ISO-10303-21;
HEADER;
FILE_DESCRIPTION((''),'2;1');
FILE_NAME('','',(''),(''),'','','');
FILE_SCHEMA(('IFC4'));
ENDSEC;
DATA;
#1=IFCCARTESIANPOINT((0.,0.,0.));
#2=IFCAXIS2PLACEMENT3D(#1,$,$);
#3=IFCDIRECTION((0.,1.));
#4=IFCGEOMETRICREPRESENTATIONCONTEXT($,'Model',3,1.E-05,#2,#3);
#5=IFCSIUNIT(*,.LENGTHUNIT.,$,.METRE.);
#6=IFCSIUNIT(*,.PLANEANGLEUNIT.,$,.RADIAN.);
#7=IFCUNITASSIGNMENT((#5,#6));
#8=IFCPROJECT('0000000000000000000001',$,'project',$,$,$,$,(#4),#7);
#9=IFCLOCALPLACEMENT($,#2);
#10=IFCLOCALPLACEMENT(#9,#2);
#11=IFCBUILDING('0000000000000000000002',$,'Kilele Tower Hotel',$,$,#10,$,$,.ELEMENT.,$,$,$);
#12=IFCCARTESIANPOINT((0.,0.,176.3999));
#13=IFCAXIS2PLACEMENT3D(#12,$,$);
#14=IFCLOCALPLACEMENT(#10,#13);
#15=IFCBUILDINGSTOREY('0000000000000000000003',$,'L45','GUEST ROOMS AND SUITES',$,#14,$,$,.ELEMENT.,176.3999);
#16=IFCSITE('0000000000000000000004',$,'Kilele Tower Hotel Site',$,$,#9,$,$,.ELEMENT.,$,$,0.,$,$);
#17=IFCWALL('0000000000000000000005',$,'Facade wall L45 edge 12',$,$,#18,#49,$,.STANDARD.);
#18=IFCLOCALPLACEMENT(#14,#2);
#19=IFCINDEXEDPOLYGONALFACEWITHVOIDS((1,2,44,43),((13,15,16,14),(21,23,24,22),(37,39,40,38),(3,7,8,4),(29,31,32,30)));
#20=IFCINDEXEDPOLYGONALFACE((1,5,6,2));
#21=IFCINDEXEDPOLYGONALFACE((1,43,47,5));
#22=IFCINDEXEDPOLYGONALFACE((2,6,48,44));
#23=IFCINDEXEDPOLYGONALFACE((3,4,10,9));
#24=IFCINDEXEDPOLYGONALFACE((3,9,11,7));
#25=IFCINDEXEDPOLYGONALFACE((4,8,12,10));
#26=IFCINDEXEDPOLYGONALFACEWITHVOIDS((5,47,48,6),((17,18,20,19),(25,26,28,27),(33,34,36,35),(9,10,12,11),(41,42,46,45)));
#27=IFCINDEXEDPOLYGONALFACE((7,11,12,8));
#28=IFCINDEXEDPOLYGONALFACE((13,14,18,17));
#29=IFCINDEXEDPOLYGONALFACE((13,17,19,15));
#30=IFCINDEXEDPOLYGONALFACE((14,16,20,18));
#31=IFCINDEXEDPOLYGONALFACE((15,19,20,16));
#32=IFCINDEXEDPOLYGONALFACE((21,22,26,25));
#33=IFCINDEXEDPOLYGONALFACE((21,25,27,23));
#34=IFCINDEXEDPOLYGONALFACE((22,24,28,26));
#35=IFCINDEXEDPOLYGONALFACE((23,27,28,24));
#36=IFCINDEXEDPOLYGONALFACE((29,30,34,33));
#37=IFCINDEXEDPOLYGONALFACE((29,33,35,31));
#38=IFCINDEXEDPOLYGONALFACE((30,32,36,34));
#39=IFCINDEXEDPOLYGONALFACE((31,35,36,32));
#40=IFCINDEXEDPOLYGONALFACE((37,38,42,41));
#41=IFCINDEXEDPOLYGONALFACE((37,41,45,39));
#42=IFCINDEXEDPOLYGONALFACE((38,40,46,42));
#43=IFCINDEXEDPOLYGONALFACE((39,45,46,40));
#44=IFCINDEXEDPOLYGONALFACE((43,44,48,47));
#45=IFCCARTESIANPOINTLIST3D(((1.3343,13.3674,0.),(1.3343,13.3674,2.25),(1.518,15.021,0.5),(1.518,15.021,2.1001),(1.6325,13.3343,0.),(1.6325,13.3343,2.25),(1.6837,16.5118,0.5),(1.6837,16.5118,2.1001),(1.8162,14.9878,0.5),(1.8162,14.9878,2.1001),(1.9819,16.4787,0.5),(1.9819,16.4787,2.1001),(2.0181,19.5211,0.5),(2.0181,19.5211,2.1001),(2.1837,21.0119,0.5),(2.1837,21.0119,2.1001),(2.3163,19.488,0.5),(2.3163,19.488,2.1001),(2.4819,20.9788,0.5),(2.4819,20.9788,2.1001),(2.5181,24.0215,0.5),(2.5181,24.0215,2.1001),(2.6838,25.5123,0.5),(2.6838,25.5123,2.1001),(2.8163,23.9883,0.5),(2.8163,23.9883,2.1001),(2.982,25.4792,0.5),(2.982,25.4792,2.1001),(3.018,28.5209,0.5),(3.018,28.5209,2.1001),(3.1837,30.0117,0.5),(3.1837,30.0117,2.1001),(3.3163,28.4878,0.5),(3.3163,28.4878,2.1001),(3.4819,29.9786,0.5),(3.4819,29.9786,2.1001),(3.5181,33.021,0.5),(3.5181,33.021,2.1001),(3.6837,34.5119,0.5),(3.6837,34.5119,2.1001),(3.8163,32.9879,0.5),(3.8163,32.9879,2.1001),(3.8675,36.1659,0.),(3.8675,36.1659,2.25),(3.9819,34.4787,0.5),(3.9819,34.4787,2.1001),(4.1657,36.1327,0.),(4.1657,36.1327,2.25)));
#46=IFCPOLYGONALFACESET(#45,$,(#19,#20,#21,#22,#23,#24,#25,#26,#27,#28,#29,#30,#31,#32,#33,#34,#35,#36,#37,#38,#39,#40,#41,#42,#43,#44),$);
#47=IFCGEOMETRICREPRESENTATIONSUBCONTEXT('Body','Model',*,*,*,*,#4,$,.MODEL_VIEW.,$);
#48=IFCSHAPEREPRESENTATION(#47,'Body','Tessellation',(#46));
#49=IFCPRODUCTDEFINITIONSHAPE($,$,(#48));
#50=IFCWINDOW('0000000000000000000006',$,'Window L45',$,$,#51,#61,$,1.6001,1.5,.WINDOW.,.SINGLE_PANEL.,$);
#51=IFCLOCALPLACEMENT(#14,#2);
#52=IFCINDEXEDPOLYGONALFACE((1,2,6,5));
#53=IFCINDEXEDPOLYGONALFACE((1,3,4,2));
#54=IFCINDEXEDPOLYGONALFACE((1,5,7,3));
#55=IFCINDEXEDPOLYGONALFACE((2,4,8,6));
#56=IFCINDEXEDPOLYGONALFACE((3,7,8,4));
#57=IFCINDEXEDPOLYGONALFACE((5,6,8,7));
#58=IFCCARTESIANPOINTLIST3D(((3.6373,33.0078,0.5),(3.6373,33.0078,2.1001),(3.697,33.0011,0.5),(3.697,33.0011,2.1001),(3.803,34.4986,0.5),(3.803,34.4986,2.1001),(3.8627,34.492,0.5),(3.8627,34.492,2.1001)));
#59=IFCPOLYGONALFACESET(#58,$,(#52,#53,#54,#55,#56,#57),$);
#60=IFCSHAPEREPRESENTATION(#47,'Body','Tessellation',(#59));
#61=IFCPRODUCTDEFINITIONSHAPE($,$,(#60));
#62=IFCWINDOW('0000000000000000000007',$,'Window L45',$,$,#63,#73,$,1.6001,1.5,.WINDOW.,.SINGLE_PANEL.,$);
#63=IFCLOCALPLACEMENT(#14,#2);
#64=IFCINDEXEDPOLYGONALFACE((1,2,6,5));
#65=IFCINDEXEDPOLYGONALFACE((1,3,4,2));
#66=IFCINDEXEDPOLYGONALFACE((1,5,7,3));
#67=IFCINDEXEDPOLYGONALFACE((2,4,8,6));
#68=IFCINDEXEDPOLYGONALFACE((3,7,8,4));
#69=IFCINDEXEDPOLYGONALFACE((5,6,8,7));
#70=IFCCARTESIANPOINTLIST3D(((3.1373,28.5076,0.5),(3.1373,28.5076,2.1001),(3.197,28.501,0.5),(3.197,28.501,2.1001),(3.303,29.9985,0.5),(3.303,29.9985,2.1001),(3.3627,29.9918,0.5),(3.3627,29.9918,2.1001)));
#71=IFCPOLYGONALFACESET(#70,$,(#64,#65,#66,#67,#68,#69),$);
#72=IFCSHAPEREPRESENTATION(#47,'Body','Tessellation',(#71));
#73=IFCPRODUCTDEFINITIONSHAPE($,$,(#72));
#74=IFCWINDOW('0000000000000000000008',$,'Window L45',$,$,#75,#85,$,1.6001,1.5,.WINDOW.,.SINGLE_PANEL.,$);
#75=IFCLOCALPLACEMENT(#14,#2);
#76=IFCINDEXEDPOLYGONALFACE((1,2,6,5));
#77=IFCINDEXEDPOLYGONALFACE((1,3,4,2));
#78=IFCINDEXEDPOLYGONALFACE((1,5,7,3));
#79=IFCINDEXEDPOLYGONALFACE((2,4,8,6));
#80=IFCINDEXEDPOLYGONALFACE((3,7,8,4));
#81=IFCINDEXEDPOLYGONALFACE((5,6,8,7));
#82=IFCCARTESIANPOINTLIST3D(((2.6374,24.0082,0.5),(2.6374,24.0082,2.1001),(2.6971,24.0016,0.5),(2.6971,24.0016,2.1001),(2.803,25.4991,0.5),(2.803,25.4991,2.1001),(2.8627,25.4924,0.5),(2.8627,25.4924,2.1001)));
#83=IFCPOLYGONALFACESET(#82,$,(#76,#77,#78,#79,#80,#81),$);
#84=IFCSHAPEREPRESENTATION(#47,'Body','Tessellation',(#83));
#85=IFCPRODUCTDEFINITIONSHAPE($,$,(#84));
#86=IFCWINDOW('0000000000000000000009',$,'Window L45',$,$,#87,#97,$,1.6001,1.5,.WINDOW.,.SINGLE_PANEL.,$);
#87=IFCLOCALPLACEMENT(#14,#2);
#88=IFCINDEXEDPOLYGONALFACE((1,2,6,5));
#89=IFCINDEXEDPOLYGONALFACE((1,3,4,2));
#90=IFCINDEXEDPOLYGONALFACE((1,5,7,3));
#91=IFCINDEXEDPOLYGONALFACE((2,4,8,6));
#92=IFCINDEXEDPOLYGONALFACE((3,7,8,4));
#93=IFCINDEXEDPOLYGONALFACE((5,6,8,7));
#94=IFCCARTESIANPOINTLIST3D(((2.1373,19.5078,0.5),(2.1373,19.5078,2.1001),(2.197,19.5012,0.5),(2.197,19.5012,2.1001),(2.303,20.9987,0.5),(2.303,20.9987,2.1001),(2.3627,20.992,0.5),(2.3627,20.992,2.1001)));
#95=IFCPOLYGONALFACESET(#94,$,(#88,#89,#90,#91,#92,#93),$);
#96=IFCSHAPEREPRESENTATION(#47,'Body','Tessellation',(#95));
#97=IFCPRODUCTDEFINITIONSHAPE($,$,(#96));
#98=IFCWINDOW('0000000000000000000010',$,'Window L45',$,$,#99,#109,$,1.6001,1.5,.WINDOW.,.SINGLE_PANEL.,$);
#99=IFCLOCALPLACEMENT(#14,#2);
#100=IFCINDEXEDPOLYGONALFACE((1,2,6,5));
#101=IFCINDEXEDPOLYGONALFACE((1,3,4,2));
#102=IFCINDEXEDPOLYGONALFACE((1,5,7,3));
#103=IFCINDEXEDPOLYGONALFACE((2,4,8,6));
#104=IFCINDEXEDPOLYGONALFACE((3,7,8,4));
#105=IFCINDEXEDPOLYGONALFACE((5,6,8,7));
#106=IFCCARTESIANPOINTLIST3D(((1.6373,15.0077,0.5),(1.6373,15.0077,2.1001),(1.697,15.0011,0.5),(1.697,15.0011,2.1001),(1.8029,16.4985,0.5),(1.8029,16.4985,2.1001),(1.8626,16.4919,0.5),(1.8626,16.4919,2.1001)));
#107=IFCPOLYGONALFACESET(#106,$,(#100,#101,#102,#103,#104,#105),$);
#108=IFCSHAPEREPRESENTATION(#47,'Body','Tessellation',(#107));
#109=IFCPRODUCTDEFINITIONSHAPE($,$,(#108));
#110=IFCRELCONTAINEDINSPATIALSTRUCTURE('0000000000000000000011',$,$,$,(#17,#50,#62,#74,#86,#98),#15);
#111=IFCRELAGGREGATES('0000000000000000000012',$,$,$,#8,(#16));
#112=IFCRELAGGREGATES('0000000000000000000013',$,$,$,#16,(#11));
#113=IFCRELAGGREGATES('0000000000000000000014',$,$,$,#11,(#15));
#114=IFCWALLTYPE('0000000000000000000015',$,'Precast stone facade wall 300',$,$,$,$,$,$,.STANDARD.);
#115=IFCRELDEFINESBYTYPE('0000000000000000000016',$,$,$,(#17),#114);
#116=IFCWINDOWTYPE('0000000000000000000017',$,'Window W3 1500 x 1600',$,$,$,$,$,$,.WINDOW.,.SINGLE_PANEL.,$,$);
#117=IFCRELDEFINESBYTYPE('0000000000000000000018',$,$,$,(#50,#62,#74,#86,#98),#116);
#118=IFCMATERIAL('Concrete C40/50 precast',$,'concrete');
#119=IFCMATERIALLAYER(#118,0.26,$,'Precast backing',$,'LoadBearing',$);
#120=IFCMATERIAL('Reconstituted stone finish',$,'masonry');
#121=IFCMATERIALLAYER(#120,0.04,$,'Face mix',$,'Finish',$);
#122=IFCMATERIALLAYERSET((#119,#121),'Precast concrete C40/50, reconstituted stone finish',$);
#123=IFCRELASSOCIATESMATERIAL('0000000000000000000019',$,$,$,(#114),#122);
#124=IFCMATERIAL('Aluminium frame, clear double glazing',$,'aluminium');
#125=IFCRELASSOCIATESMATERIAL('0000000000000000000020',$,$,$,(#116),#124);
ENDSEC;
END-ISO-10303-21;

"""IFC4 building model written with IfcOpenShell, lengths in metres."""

from ifc_helpers import new_model, si_unit, direction, frame, frame_2d, origin, place, context, subcontext, project, spatial, rectangle, extrude, material, layer, layer_set, type_object, element, fill, save


model = new_model("IFC4")

# Units and contexts
model_context = context("Model", 3, precision=1e-05, world=origin(), true_north=direction((0.0, 1.0)))
body_context = subcontext(model_context, "Body", "Model", "MODEL_VIEW")
ifc_project = project(units=[si_unit("LENGTHUNIT", "METRE"), si_unit("PLANEANGLEUNIT", "RADIAN")], contexts=[model_context])

# Site, building, storey
site_placement = place(None, origin())
site = spatial("IfcSite", under=ifc_project, at=site_placement, Name="Kilele Tower Hotel Site", CompositionType="ELEMENT", RefElevation=0.0)
building_placement = place(site_placement, origin())
building = spatial("IfcBuilding", under=site, at=building_placement, Name="Kilele Tower Hotel", CompositionType="ELEMENT")
storey_placement = place(building_placement, frame((0.0, 0.0, 176.3999)))
storey = spatial("IfcBuildingStorey", under=building, at=storey_placement, Name="L45", Description="GUEST ROOMS AND SUITES", CompositionType="ELEMENT", Elevation=176.3999)

# Shared definitions
ifc_material_1 = material(Name="Concrete C40/50 precast", Category="concrete")
ifc_layer_1 = layer(ifc_material_1, 0.26, Name="Precast backing", Category="LoadBearing")
ifc_material_2 = material(Name="Reconstituted stone finish", Category="masonry")
ifc_layer_2 = layer(ifc_material_2, 0.04, Name="Face mix", Category="Finish")
ifc_layer_set_1 = layer_set([ifc_layer_1, ifc_layer_2], Name="Precast concrete C40/50, reconstituted stone finish")
wall_type_1 = type_object("IfcWallType", Name="Precast stone facade wall 300", PredefinedType="STANDARD", material=ifc_layer_set_1)

# Wall, openings, windows
wall_1_placement = place(storey_placement, frame((4.0166, 36.1492, 0.0), z_axis=(0.0, 0.0, 1.0), x_axis=(-0.110434, -0.993883, 0.0)))
wall_1 = element("IfcWall", 1, at=wall_1_placement, inside=storey, type_object=wall_type_1, Name="Facade wall L45 edge 12", PredefinedType="STANDARD", context=body_context, shape_type="SweptSolid", body=[
    extrude(rectangle(XDim=22.9387, YDim=0.3, at=frame_2d((11.4692, 0.0))), origin(), (0.0, 0.0, 1.0), 2.25),
])
opening_1_placement = place(wall_1_placement, frame((1.6641, 0.0, 0.5)))
opening_1 = element("IfcOpeningElement", 2, at=opening_1_placement, cuts=wall_1, PredefinedType="OPENING", context=body_context, shape_type="SweptSolid", body=[
    extrude(rectangle(XDim=1.5, YDim=1.6001, at=frame_2d((0.75, 0.8))), frame((0.0, 0.1599, 0.0), z_axis=(0.0, -1.0, 0.0), x_axis=(1.0, 0.0, 0.0)), (0.0, 0.0, 1.0), 0.3201),
])
opening_2_placement = place(wall_1_placement, frame((6.1919, 0.0, 0.5)))
opening_2 = element("IfcOpeningElement", 3, at=opening_2_placement, cuts=wall_1, PredefinedType="OPENING", context=body_context, shape_type="SweptSolid", body=[
    extrude(rectangle(XDim=1.5, YDim=1.6001, at=frame_2d((0.75, 0.8))), frame((0.0, 0.1599, 0.0), z_axis=(0.0, -1.0, 0.0), x_axis=(1.0, 0.0, 0.0)), (0.0, 0.0, 1.0), 0.3201),
])
opening_3_placement = place(wall_1_placement, frame((10.719, 0.0, 0.5)))
opening_3 = element("IfcOpeningElement", 4, at=opening_3_placement, cuts=wall_1, PredefinedType="OPENING", context=body_context, shape_type="SweptSolid", body=[
    extrude(rectangle(XDim=1.5, YDim=1.6001, at=frame_2d((0.75, 0.8))), frame((0.0, 0.1599, 0.0), z_axis=(0.0, -1.0, 0.0), x_axis=(1.0, 0.0, 0.0)), (0.0, 0.0, 1.0), 0.3201),
])
opening_4_placement = place(wall_1_placement, frame((15.2471, 0.0, 0.5)))
opening_4 = element("IfcOpeningElement", 5, at=opening_4_placement, cuts=wall_1, PredefinedType="OPENING", context=body_context, shape_type="SweptSolid", body=[
    extrude(rectangle(XDim=1.5, YDim=1.6001, at=frame_2d((0.75, 0.8))), frame((0.0, 0.1599, 0.0), z_axis=(0.0, -1.0, 0.0), x_axis=(1.0, 0.0, 0.0)), (0.0, 0.0, 1.0), 0.3201),
])
opening_5_placement = place(wall_1_placement, frame((19.7749, 0.0, 0.5)))
opening_5 = element("IfcOpeningElement", 6, at=opening_5_placement, cuts=wall_1, PredefinedType="OPENING", context=body_context, shape_type="SweptSolid", body=[
    extrude(rectangle(XDim=1.5, YDim=1.6001, at=frame_2d((0.75, 0.8))), frame((0.0, 0.1599, 0.0), z_axis=(0.0, -1.0, 0.0), x_axis=(1.0, 0.0, 0.0)), (0.0, 0.0, 1.0), 0.3201),
])
ifc_material_3 = material(Name="Aluminium frame, clear double glazing", Category="aluminium")
window_type_1 = type_object("IfcWindowType", Name="Window W3 1500 x 1600", PartitioningType="SINGLE_PANEL", PredefinedType="WINDOW", material=ifc_material_3)
window_1_placement = place(opening_1_placement, origin())
window_1 = element("IfcWindow", 7, at=window_1_placement, inside=storey, type_object=window_type_1, Name="Window L45", OverallHeight=1.6001, OverallWidth=1.5, PartitioningType="SINGLE_PANEL", PredefinedType="WINDOW", context=body_context, shape_type="SweptSolid", body=[
    extrude(rectangle(XDim=1.5, YDim=1.6001, at=frame_2d((0.75, 0.8))), frame((0.0, 0.03, 0.0), z_axis=(0.0, -1.0, 0.0), x_axis=(1.0, 0.0, 0.0)), (0.0, 0.0, 1.0), 0.0601),
])
fill(opening_1, window_1)
window_2_placement = place(opening_2_placement, origin())
window_2 = element("IfcWindow", 8, at=window_2_placement, inside=storey, type_object=window_type_1, Name="Window L45", OverallHeight=1.6001, OverallWidth=1.5, PartitioningType="SINGLE_PANEL", PredefinedType="WINDOW", context=body_context, shape_type="SweptSolid", body=[
    extrude(rectangle(XDim=1.5, YDim=1.6001, at=frame_2d((0.75, 0.8))), frame((0.0, 0.03, 0.0), z_axis=(0.0, -1.0, 0.0), x_axis=(1.0, 0.0, 0.0)), (0.0, 0.0, 1.0), 0.0601),
])
fill(opening_2, window_2)
window_3_placement = place(opening_3_placement, origin())
window_3 = element("IfcWindow", 9, at=window_3_placement, inside=storey, type_object=window_type_1, Name="Window L45", OverallHeight=1.6001, OverallWidth=1.5, PartitioningType="SINGLE_PANEL", PredefinedType="WINDOW", context=body_context, shape_type="SweptSolid", body=[
    extrude(rectangle(XDim=1.5, YDim=1.6001, at=frame_2d((0.75, 0.8))), frame((0.0, 0.03, 0.0), z_axis=(0.0, -1.0, 0.0), x_axis=(1.0, 0.0, 0.0)), (0.0, 0.0, 1.0), 0.0601),
])
fill(opening_3, window_3)
window_4_placement = place(opening_4_placement, origin())
window_4 = element("IfcWindow", 10, at=window_4_placement, inside=storey, type_object=window_type_1, Name="Window L45", OverallHeight=1.6001, OverallWidth=1.5, PartitioningType="SINGLE_PANEL", PredefinedType="WINDOW", context=body_context, shape_type="SweptSolid", body=[
    extrude(rectangle(XDim=1.5, YDim=1.6001, at=frame_2d((0.75, 0.8))), frame((0.0, 0.03, 0.0), z_axis=(0.0, -1.0, 0.0), x_axis=(1.0, 0.0, 0.0)), (0.0, 0.0, 1.0), 0.0601),
])
fill(opening_4, window_4)
window_5_placement = place(opening_5_placement, origin())
window_5 = element("IfcWindow", 11, at=window_5_placement, inside=storey, type_object=window_type_1, Name="Window L45", OverallHeight=1.6001, OverallWidth=1.5, PartitioningType="SINGLE_PANEL", PredefinedType="WINDOW", context=body_context, shape_type="SweptSolid", body=[
    extrude(rectangle(XDim=1.5, YDim=1.6001, at=frame_2d((0.75, 0.8))), frame((0.0, 0.03, 0.0), z_axis=(0.0, -1.0, 0.0), x_axis=(1.0, 0.0, 0.0)), (0.0, 0.0, 1.0), 0.0601),
])
fill(opening_5, window_5)

save(model, "model.ifc")
